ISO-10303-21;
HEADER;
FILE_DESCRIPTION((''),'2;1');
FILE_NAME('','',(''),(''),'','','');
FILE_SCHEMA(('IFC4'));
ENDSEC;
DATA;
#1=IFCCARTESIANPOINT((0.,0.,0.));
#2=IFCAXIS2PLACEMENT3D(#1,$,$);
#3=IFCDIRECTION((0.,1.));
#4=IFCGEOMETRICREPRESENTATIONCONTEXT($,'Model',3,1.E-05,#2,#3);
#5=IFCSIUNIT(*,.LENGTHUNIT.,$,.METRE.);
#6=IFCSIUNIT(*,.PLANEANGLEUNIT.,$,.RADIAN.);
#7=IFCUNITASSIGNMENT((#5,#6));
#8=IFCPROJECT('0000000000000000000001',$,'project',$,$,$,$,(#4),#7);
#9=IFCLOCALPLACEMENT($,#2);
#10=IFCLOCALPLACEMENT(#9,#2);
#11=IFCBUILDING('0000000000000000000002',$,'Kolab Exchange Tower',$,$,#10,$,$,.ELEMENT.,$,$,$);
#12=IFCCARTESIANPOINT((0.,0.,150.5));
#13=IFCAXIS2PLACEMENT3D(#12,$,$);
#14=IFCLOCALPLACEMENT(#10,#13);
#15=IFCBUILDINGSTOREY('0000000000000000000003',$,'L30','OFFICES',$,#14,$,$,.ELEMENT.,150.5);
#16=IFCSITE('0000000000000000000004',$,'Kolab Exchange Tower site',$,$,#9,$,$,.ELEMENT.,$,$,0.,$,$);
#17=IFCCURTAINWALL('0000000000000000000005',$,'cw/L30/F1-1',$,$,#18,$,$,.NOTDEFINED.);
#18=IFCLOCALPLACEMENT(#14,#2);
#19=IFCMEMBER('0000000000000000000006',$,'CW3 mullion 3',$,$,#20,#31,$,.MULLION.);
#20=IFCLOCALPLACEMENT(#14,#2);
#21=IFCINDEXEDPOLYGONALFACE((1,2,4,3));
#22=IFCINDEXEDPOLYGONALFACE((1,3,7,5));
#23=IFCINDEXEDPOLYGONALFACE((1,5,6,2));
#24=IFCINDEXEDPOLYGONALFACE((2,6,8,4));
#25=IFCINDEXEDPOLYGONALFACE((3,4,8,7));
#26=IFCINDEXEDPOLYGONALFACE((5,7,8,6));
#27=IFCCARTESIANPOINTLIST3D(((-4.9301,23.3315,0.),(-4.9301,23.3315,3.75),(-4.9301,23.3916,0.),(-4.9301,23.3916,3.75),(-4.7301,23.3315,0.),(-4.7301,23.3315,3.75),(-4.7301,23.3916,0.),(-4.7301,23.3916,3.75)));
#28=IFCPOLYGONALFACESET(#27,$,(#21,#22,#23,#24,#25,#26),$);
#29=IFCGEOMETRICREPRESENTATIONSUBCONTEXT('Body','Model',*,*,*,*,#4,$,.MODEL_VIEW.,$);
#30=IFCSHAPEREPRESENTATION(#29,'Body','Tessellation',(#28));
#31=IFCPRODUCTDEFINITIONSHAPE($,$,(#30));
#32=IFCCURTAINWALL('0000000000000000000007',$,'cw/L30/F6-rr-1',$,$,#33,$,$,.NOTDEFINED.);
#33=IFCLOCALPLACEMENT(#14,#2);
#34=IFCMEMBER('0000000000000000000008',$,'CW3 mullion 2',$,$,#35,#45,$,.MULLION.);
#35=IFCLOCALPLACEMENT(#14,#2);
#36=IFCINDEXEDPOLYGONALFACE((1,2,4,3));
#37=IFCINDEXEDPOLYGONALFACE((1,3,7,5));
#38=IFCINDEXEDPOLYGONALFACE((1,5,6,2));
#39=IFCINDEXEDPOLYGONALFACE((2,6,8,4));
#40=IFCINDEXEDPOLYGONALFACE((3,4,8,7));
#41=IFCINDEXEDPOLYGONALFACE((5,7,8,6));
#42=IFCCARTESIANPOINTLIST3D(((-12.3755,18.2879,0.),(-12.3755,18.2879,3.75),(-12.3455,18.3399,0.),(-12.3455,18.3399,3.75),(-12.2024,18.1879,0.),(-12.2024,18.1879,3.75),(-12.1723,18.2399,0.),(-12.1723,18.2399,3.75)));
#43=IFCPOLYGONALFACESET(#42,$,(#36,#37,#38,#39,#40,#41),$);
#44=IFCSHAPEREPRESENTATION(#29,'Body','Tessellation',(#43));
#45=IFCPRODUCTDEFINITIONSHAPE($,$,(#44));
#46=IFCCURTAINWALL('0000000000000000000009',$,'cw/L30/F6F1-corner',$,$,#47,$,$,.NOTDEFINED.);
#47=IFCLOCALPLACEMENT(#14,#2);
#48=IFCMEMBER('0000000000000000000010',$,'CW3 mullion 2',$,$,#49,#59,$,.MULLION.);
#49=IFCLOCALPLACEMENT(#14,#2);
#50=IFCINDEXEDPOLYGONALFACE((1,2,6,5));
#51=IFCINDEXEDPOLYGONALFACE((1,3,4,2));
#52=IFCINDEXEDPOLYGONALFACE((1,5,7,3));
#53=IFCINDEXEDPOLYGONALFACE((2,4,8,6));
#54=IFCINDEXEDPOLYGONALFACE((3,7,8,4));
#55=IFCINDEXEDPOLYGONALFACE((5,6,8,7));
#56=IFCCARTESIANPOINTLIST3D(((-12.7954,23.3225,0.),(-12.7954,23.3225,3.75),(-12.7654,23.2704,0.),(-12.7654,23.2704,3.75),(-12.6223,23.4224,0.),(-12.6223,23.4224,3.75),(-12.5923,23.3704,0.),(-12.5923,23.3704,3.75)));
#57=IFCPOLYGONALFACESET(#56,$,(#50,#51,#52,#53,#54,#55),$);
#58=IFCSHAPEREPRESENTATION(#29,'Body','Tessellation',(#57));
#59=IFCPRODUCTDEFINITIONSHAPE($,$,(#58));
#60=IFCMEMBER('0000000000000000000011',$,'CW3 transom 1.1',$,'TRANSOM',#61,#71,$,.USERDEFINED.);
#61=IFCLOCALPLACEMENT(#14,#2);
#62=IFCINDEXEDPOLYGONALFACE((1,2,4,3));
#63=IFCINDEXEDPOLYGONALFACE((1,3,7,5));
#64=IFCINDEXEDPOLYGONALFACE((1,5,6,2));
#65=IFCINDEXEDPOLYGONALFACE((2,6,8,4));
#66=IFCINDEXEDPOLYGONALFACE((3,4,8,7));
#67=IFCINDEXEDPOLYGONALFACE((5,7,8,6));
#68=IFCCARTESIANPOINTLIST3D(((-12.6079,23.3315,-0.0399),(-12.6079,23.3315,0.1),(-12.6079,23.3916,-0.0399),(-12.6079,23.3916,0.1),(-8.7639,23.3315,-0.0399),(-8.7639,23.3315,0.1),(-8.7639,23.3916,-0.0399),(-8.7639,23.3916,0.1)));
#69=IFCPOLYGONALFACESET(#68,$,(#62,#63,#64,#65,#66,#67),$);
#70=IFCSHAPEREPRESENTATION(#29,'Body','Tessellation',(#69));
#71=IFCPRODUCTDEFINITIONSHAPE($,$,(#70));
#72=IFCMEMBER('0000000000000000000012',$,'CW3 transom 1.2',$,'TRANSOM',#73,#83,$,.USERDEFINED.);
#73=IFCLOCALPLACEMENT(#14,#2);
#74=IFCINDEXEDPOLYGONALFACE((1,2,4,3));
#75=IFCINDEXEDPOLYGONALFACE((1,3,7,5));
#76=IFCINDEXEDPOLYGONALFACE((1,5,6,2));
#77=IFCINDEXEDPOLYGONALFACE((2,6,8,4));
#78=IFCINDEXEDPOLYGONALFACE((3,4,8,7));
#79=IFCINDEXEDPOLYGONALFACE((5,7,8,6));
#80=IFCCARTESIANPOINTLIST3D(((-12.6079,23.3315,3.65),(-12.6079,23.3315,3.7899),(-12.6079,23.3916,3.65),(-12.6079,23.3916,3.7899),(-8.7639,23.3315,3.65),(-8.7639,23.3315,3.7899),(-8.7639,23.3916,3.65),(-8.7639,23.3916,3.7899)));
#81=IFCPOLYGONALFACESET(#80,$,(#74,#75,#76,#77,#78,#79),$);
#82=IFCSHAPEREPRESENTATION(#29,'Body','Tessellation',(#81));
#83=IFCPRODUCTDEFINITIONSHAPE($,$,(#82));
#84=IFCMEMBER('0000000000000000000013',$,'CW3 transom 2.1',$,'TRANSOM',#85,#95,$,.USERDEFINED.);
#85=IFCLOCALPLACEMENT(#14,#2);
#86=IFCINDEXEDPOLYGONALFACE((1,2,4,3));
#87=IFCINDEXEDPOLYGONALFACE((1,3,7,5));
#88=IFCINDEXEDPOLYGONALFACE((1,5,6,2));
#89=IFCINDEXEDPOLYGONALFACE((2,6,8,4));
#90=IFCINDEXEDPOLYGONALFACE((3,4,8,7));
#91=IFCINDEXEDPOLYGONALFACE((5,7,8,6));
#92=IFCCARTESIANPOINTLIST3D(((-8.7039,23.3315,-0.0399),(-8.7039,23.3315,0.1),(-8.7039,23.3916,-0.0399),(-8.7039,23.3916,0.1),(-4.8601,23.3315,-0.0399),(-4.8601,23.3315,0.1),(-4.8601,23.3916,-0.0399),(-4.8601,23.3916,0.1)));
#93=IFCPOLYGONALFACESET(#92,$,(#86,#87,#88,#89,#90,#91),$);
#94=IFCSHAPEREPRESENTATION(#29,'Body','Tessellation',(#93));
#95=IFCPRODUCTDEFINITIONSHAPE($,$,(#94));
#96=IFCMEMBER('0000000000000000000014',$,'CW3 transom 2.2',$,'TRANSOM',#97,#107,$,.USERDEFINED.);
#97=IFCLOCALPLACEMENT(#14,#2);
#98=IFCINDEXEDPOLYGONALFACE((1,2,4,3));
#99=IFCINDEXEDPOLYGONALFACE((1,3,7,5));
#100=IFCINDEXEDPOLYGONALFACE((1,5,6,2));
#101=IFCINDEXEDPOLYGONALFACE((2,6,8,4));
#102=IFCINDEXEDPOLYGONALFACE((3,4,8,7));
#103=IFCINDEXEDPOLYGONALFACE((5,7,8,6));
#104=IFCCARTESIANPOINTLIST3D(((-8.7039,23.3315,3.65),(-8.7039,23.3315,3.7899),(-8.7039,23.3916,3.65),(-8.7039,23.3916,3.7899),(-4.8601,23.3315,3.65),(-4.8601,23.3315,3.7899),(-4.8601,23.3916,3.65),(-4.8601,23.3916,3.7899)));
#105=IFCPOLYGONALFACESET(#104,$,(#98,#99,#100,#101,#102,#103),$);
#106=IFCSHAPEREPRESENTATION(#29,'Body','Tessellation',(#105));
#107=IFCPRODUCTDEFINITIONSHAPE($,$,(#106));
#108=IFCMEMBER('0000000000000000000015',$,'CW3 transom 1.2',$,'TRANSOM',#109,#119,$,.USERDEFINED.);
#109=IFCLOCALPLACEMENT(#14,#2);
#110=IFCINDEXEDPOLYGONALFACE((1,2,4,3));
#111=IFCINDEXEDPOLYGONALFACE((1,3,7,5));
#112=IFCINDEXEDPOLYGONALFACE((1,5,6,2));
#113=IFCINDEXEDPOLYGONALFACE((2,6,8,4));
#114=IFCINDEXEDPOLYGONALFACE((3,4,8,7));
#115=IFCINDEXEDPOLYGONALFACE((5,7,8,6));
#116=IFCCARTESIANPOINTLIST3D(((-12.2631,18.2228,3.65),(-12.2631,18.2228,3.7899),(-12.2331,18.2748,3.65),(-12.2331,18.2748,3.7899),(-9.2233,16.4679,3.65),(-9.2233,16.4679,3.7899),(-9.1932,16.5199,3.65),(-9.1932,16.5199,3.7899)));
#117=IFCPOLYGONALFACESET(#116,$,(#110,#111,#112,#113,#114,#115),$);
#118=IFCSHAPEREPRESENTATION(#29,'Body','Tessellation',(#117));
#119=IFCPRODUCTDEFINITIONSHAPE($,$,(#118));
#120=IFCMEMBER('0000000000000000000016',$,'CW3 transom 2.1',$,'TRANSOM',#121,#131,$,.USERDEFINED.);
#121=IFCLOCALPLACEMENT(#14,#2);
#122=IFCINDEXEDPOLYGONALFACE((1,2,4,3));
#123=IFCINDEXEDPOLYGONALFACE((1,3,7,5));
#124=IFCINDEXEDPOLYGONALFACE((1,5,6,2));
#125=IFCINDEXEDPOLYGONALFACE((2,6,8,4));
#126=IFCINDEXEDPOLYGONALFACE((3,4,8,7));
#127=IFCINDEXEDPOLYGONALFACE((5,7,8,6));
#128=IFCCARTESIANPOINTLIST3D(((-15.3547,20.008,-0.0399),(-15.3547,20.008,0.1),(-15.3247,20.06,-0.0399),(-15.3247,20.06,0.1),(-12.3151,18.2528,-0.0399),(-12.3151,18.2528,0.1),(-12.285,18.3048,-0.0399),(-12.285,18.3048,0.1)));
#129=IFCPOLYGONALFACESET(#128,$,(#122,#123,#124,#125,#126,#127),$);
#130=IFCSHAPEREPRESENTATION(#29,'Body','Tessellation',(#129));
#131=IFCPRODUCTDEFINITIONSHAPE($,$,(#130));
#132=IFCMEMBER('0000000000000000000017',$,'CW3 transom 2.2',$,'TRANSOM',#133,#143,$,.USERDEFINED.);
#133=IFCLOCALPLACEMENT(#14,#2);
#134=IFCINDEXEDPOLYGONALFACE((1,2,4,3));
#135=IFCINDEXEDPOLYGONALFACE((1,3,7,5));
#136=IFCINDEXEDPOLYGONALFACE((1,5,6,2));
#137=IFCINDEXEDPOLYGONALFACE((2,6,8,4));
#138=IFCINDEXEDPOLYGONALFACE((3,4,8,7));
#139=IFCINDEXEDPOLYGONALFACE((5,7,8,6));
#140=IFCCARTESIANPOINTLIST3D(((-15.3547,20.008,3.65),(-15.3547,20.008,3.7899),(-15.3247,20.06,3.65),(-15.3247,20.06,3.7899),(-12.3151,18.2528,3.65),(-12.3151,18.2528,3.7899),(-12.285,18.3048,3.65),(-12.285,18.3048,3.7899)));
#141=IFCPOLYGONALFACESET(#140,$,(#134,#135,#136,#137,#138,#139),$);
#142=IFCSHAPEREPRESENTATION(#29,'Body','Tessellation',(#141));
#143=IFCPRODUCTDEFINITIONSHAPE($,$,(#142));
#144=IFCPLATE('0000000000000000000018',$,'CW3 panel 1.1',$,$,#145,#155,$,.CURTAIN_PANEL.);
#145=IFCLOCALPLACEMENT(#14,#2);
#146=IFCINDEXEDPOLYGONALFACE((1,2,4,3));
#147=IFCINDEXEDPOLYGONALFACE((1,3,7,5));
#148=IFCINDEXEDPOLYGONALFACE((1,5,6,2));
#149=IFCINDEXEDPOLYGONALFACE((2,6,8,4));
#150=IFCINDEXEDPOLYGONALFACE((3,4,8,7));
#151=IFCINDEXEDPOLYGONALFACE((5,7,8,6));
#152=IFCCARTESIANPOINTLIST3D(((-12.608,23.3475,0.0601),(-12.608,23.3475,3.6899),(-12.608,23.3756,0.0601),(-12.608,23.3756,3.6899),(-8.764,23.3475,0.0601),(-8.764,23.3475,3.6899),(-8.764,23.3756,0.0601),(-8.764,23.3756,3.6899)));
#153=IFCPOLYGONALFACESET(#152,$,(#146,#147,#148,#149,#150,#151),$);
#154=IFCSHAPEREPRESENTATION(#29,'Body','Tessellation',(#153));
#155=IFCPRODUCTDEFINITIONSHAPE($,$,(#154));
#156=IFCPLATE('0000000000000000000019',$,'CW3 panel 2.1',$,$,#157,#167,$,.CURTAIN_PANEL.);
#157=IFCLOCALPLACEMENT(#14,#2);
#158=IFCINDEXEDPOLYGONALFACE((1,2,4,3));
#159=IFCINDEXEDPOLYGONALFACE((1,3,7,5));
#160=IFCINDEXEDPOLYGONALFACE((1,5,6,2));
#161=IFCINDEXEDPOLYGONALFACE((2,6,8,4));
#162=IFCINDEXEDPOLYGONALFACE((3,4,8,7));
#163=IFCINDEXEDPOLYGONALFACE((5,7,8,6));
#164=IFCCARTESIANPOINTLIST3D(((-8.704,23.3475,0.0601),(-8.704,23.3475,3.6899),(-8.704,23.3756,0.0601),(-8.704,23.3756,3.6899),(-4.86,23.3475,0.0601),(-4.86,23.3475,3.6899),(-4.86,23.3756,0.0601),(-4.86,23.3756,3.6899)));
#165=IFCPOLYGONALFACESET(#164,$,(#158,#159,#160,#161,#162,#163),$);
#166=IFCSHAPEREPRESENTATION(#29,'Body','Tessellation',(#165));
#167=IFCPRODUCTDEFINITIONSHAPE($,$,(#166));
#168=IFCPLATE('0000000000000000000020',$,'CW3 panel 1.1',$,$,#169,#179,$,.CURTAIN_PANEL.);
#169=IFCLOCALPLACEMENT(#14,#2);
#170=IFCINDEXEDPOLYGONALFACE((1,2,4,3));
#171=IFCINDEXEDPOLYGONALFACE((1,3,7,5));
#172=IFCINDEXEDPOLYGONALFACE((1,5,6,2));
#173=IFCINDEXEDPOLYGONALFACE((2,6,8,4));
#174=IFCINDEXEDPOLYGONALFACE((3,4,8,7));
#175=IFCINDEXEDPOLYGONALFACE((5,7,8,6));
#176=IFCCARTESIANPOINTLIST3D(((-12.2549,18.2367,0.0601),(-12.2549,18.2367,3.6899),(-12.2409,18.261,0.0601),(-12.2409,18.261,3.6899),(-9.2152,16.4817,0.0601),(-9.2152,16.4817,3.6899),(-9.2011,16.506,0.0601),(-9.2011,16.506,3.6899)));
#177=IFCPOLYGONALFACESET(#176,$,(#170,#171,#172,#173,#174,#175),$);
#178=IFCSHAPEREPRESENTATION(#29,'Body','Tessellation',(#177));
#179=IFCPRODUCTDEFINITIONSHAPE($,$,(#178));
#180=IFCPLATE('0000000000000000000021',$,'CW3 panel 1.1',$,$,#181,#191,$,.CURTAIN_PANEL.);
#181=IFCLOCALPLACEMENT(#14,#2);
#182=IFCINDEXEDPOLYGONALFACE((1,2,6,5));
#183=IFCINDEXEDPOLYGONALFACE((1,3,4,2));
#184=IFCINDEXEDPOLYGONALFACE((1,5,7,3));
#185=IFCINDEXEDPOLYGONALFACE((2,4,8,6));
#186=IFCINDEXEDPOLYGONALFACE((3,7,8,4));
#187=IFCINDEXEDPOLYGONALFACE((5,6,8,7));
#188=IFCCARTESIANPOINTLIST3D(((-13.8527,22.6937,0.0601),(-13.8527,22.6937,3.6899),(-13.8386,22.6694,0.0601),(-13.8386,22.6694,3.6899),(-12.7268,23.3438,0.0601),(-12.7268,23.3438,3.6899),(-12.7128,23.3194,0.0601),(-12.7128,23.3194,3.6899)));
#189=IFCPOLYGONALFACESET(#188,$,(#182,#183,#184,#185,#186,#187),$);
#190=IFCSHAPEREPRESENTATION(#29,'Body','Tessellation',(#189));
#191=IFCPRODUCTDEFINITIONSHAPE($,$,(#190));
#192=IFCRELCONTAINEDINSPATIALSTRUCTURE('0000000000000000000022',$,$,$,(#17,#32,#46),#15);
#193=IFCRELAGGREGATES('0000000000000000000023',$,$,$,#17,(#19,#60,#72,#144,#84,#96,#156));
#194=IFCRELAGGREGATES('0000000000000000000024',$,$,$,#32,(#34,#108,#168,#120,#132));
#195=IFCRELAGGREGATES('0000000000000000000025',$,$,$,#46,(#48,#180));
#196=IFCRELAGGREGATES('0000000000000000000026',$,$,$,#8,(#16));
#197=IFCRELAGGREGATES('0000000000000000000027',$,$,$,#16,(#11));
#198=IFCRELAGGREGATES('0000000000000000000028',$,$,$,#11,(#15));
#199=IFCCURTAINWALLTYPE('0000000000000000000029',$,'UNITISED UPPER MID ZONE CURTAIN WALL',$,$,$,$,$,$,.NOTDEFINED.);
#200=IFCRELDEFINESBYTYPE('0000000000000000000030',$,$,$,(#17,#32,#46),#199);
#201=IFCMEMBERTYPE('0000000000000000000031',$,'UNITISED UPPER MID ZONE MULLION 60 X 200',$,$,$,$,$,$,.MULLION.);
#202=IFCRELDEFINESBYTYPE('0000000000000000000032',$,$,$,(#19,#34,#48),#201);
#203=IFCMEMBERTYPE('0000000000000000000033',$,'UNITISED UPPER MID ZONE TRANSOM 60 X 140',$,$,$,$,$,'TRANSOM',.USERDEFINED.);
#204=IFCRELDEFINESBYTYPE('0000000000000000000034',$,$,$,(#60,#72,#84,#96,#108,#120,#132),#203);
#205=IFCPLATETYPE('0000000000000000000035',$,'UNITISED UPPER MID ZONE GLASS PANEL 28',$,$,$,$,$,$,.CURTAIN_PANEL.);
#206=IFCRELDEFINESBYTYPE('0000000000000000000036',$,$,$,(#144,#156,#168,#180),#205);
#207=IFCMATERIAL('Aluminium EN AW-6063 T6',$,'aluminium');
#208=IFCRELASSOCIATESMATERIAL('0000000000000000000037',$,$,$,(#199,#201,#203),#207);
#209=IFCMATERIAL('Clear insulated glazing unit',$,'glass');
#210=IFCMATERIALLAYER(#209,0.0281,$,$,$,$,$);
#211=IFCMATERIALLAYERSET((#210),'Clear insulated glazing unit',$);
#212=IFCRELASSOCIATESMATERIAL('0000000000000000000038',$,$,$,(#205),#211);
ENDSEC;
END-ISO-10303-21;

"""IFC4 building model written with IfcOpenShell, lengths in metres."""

from ifc_helpers import new_model, si_unit, direction, frame, origin, origin_2d, place, context, subcontext, project, spatial, rectangle, extrude, material, layer, layer_set, material_profile, profile_set, type_object, element, aggregate, save


model = new_model("IFC4")

# Units and contexts
model_context = context("Model", 3, precision=1e-05, world=origin(), true_north=direction((0.0, 1.0)))
body_context = subcontext(model_context, "Body", "Model", "MODEL_VIEW")
ifc_project = project(units=[si_unit("LENGTHUNIT", "METRE"), si_unit("PLANEANGLEUNIT", "RADIAN")], contexts=[model_context])

# Site, building, storey
site_placement = place(None, origin())
site = spatial("IfcSite", under=ifc_project, at=site_placement, Name="Kolab Exchange Tower site", CompositionType="ELEMENT", RefElevation=0.0)
building_placement = place(site_placement, origin())
building = spatial("IfcBuilding", under=site, at=building_placement, Name="Kolab Exchange Tower", CompositionType="ELEMENT")
storey_placement = place(building_placement, frame((0.0, 0.0, 150.5)))
storey = spatial("IfcBuildingStorey", under=building, at=storey_placement, Name="L30", Description="OFFICES", CompositionType="ELEMENT", Elevation=150.5)

# Curtain wall, member
ifc_material_1 = material(Name="Aluminium EN AW-6063 T6", Category="aluminium")
curtain_wall_type = type_object("IfcCurtainWallType", Name="UNITISED UPPER MID ZONE CURTAIN WALL", PredefinedType="NOTDEFINED", material=ifc_material_1)
curtain_wall_1_placement = place(storey_placement, origin())
curtain_wall_1 = element("IfcCurtainWall", 1, at=curtain_wall_1_placement, inside=storey, type_object=curtain_wall_type, Name="cw/L30/F1-1", PredefinedType="NOTDEFINED")
ifc_material_profile_1 = material_profile(ifc_material_1, rectangle(XDim=0.0601, YDim=0.2, at=origin_2d()), Name="RECT 60X200")
ifc_profile_set_1 = profile_set([ifc_material_profile_1], Name="Aluminium EN AW-6063 T6")
member_type_1 = type_object("IfcMemberType", Name="UNITISED UPPER MID ZONE MULLION 60 X 200", PredefinedType="MULLION", material=ifc_profile_set_1)
member_1_placement = place(storey_placement, frame((-4.8301, 23.3616, 0.0), z_axis=(0.0, 0.0, 1.0), x_axis=(0.0, 1.0, 0.0)))
member_1 = element("IfcMember", 2, at=member_1_placement, type_object=member_type_1, Name="CW3 mullion 3", PredefinedType="MULLION", context=body_context, shape_type="SweptSolid", body=[
    extrude(rectangle(XDim=0.0601, YDim=0.2, at=origin_2d()), origin(), (0.0, 0.0, 1.0), 3.75),
])

# Curtain walls, members
curtain_wall_2_placement = place(storey_placement, origin())
curtain_wall_2 = element("IfcCurtainWall", 3, at=curtain_wall_2_placement, inside=storey, type_object=curtain_wall_type, Name="cw/L30/F6-rr-1", PredefinedType="NOTDEFINED")
member_2_placement = place(storey_placement, frame((-12.2739, 18.2639, 0.0), z_axis=(0.0, 0.0, 1.0), x_axis=(-0.5, -0.866025, 0.0)))
member_2 = element("IfcMember", 4, at=member_2_placement, type_object=member_type_1, Name="CW3 mullion 2", PredefinedType="MULLION", context=body_context, shape_type="SweptSolid", body=[
    extrude(rectangle(XDim=0.0601, YDim=0.2, at=origin_2d()), origin(), (0.0, 0.0, 1.0), 3.75),
])
curtain_wall_3_placement = place(storey_placement, origin())
curtain_wall_3 = element("IfcCurtainWall", 5, at=curtain_wall_3_placement, inside=storey, type_object=curtain_wall_type, Name="cw/L30/F6F1-corner", PredefinedType="NOTDEFINED")
member_3_placement = place(storey_placement, frame((-12.6938, 23.3464, 0.0), z_axis=(0.0, 0.0, 1.0), x_axis=(-0.5, 0.866025, 0.0)))
member_3 = element("IfcMember", 6, at=member_3_placement, type_object=member_type_1, Name="CW3 mullion 2", PredefinedType="MULLION", context=body_context, shape_type="SweptSolid", body=[
    extrude(rectangle(XDim=0.0601, YDim=0.2, at=origin_2d()), origin(), (0.0, 0.0, 1.0), 3.75),
])

# Members
ifc_material_profile_2 = material_profile(ifc_material_1, rectangle(XDim=0.0601, YDim=0.1399, at=origin_2d()), Name="RECT 60X140")
ifc_profile_set_2 = profile_set([ifc_material_profile_2], Name="Aluminium EN AW-6063 T6")
member_type_2 = type_object("IfcMemberType", Name="UNITISED UPPER MID ZONE TRANSOM 60 X 140", ElementType="TRANSOM", PredefinedType="USERDEFINED", material=ifc_profile_set_2)
member_4_placement = place(storey_placement, frame((-12.6079, 23.3616, 0.03), z_axis=(1.0, 0.0, 0.0), x_axis=(0.0, 1.0, 0.0)))
member_4 = element("IfcMember", 7, at=member_4_placement, type_object=member_type_2, Name="CW3 transom 1.1", ObjectType="TRANSOM", PredefinedType="USERDEFINED", context=body_context, shape_type="SweptSolid", body=[
    extrude(rectangle(XDim=0.0601, YDim=0.1399, at=origin_2d()), origin(), (0.0, 0.0, 1.0), 3.844),
])
member_5_placement = place(storey_placement, frame((-12.6079, 23.3616, 3.72), z_axis=(1.0, 0.0, 0.0), x_axis=(0.0, 1.0, 0.0)))
member_5 = element("IfcMember", 8, at=member_5_placement, type_object=member_type_2, Name="CW3 transom 1.2", ObjectType="TRANSOM", PredefinedType="USERDEFINED", context=body_context, shape_type="SweptSolid", body=[
    extrude(rectangle(XDim=0.0601, YDim=0.1399, at=origin_2d()), origin(), (0.0, 0.0, 1.0), 3.844),
])
member_6_placement = place(storey_placement, frame((-8.7039, 23.3616, 0.03), z_axis=(1.0, 0.0, 0.0), x_axis=(0.0, 1.0, 0.0)))
member_6 = element("IfcMember", 9, at=member_6_placement, type_object=member_type_2, Name="CW3 transom 2.1", ObjectType="TRANSOM", PredefinedType="USERDEFINED", context=body_context, shape_type="SweptSolid", body=[
    extrude(rectangle(XDim=0.0601, YDim=0.1399, at=origin_2d()), origin(), (0.0, 0.0, 1.0), 3.8438),
])
member_7_placement = place(storey_placement, frame((-8.7039, 23.3616, 3.72), z_axis=(1.0, 0.0, 0.0), x_axis=(0.0, 1.0, 0.0)))
member_7 = element("IfcMember", 10, at=member_7_placement, type_object=member_type_2, Name="CW3 transom 2.2", ObjectType="TRANSOM", PredefinedType="USERDEFINED", context=body_context, shape_type="SweptSolid", body=[
    extrude(rectangle(XDim=0.0601, YDim=0.1399, at=origin_2d()), origin(), (0.0, 0.0, 1.0), 3.8438),
])
member_8_placement = place(storey_placement, frame((-9.2083, 16.4939, 3.72), z_axis=(-0.866043, 0.499969, 0.0), x_axis=(-0.499969, -0.866043, 0.0)))
member_8 = element("IfcMember", 11, at=member_8_placement, type_object=member_type_2, Name="CW3 transom 1.2", ObjectType="TRANSOM", PredefinedType="USERDEFINED", context=body_context, shape_type="SweptSolid", body=[
    extrude(rectangle(XDim=0.0601, YDim=0.1399, at=origin_2d()), origin(), (0.0, 0.0, 1.0), 3.51),
])
member_9_placement = place(storey_placement, frame((-12.3, 18.2788, 0.03), z_axis=(-0.865996, 0.500052, 0.0), x_axis=(-0.500052, -0.865996, 0.0)))
member_9 = element("IfcMember", 12, at=member_9_placement, type_object=member_type_2, Name="CW3 transom 2.1", ObjectType="TRANSOM", PredefinedType="USERDEFINED", context=body_context, shape_type="SweptSolid", body=[
    extrude(rectangle(XDim=0.0601, YDim=0.1399, at=origin_2d()), origin(), (0.0, 0.0, 1.0), 3.51),
])
member_10_placement = place(storey_placement, frame((-12.3, 18.2788, 3.72), z_axis=(-0.865996, 0.500052, 0.0), x_axis=(-0.500052, -0.865996, 0.0)))
member_10 = element("IfcMember", 13, at=member_10_placement, type_object=member_type_2, Name="CW3 transom 2.2", ObjectType="TRANSOM", PredefinedType="USERDEFINED", context=body_context, shape_type="SweptSolid", body=[
    extrude(rectangle(XDim=0.0601, YDim=0.1399, at=origin_2d()), origin(), (0.0, 0.0, 1.0), 3.51),
])

# Plates
ifc_material_2 = material(Name="Clear insulated glazing unit", Category="glass")
ifc_layer_1 = layer(ifc_material_2, 0.0281)
ifc_layer_set_1 = layer_set([ifc_layer_1], Name="Clear insulated glazing unit")
plate_type = type_object("IfcPlateType", Name="UNITISED UPPER MID ZONE GLASS PANEL 28", PredefinedType="CURTAIN_PANEL", material=ifc_layer_set_1)
plate_1_placement = place(storey_placement, frame((-10.686, 23.3616, 0.0601), z_axis=(0.0, 0.0, 1.0), x_axis=(1.0, 0.0, 0.0)))
plate_1 = element("IfcPlate", 14, at=plate_1_placement, type_object=plate_type, Name="CW3 panel 1.1", PredefinedType="CURTAIN_PANEL", context=body_context, shape_type="SweptSolid", body=[
    extrude(rectangle(XDim=3.844, YDim=0.0281, at=origin_2d()), origin(), (0.0, 0.0, 1.0), 3.6299),
])
plate_2_placement = place(storey_placement, frame((-6.782, 23.3616, 0.0601), z_axis=(0.0, 0.0, 1.0), x_axis=(1.0, 0.0, 0.0)))
plate_2 = element("IfcPlate", 15, at=plate_2_placement, type_object=plate_type, Name="CW3 panel 2.1", PredefinedType="CURTAIN_PANEL", context=body_context, shape_type="SweptSolid", body=[
    extrude(rectangle(XDim=3.844, YDim=0.0281, at=origin_2d()), origin(), (0.0, 0.0, 1.0), 3.6299),
])
aggregate(curtain_wall_1, [member_1, member_4, member_5, plate_1, member_6, member_7, plate_2])
plate_3_placement = place(storey_placement, frame((-10.728, 17.3713, 0.0601), z_axis=(0.0, 0.0, 1.0), x_axis=(-0.866025, 0.5, 0.0)))
plate_3 = element("IfcPlate", 16, at=plate_3_placement, type_object=plate_type, Name="CW3 panel 1.1", PredefinedType="CURTAIN_PANEL", context=body_context, shape_type="SweptSolid", body=[
    extrude(rectangle(XDim=3.51, YDim=0.0281, at=origin_2d()), origin(), (0.0, 0.0, 1.0), 3.6299),
])
aggregate(curtain_wall_2, [member_2, member_8, plate_3, member_9, member_10])
plate_4_placement = place(storey_placement, frame((-13.2827, 23.0066, 0.0601), z_axis=(0.0, 0.0, 1.0), x_axis=(0.866025, 0.5, 0.0)))
plate_4 = element("IfcPlate", 17, at=plate_4_placement, type_object=plate_type, Name="CW3 panel 1.1", PredefinedType="CURTAIN_PANEL", context=body_context, shape_type="SweptSolid", body=[
    extrude(rectangle(XDim=1.3, YDim=0.0281, at=origin_2d()), origin(), (0.0, 0.0, 1.0), 3.6299),
])
aggregate(curtain_wall_3, [member_3, plate_4])

save(model, "model.ifc")
